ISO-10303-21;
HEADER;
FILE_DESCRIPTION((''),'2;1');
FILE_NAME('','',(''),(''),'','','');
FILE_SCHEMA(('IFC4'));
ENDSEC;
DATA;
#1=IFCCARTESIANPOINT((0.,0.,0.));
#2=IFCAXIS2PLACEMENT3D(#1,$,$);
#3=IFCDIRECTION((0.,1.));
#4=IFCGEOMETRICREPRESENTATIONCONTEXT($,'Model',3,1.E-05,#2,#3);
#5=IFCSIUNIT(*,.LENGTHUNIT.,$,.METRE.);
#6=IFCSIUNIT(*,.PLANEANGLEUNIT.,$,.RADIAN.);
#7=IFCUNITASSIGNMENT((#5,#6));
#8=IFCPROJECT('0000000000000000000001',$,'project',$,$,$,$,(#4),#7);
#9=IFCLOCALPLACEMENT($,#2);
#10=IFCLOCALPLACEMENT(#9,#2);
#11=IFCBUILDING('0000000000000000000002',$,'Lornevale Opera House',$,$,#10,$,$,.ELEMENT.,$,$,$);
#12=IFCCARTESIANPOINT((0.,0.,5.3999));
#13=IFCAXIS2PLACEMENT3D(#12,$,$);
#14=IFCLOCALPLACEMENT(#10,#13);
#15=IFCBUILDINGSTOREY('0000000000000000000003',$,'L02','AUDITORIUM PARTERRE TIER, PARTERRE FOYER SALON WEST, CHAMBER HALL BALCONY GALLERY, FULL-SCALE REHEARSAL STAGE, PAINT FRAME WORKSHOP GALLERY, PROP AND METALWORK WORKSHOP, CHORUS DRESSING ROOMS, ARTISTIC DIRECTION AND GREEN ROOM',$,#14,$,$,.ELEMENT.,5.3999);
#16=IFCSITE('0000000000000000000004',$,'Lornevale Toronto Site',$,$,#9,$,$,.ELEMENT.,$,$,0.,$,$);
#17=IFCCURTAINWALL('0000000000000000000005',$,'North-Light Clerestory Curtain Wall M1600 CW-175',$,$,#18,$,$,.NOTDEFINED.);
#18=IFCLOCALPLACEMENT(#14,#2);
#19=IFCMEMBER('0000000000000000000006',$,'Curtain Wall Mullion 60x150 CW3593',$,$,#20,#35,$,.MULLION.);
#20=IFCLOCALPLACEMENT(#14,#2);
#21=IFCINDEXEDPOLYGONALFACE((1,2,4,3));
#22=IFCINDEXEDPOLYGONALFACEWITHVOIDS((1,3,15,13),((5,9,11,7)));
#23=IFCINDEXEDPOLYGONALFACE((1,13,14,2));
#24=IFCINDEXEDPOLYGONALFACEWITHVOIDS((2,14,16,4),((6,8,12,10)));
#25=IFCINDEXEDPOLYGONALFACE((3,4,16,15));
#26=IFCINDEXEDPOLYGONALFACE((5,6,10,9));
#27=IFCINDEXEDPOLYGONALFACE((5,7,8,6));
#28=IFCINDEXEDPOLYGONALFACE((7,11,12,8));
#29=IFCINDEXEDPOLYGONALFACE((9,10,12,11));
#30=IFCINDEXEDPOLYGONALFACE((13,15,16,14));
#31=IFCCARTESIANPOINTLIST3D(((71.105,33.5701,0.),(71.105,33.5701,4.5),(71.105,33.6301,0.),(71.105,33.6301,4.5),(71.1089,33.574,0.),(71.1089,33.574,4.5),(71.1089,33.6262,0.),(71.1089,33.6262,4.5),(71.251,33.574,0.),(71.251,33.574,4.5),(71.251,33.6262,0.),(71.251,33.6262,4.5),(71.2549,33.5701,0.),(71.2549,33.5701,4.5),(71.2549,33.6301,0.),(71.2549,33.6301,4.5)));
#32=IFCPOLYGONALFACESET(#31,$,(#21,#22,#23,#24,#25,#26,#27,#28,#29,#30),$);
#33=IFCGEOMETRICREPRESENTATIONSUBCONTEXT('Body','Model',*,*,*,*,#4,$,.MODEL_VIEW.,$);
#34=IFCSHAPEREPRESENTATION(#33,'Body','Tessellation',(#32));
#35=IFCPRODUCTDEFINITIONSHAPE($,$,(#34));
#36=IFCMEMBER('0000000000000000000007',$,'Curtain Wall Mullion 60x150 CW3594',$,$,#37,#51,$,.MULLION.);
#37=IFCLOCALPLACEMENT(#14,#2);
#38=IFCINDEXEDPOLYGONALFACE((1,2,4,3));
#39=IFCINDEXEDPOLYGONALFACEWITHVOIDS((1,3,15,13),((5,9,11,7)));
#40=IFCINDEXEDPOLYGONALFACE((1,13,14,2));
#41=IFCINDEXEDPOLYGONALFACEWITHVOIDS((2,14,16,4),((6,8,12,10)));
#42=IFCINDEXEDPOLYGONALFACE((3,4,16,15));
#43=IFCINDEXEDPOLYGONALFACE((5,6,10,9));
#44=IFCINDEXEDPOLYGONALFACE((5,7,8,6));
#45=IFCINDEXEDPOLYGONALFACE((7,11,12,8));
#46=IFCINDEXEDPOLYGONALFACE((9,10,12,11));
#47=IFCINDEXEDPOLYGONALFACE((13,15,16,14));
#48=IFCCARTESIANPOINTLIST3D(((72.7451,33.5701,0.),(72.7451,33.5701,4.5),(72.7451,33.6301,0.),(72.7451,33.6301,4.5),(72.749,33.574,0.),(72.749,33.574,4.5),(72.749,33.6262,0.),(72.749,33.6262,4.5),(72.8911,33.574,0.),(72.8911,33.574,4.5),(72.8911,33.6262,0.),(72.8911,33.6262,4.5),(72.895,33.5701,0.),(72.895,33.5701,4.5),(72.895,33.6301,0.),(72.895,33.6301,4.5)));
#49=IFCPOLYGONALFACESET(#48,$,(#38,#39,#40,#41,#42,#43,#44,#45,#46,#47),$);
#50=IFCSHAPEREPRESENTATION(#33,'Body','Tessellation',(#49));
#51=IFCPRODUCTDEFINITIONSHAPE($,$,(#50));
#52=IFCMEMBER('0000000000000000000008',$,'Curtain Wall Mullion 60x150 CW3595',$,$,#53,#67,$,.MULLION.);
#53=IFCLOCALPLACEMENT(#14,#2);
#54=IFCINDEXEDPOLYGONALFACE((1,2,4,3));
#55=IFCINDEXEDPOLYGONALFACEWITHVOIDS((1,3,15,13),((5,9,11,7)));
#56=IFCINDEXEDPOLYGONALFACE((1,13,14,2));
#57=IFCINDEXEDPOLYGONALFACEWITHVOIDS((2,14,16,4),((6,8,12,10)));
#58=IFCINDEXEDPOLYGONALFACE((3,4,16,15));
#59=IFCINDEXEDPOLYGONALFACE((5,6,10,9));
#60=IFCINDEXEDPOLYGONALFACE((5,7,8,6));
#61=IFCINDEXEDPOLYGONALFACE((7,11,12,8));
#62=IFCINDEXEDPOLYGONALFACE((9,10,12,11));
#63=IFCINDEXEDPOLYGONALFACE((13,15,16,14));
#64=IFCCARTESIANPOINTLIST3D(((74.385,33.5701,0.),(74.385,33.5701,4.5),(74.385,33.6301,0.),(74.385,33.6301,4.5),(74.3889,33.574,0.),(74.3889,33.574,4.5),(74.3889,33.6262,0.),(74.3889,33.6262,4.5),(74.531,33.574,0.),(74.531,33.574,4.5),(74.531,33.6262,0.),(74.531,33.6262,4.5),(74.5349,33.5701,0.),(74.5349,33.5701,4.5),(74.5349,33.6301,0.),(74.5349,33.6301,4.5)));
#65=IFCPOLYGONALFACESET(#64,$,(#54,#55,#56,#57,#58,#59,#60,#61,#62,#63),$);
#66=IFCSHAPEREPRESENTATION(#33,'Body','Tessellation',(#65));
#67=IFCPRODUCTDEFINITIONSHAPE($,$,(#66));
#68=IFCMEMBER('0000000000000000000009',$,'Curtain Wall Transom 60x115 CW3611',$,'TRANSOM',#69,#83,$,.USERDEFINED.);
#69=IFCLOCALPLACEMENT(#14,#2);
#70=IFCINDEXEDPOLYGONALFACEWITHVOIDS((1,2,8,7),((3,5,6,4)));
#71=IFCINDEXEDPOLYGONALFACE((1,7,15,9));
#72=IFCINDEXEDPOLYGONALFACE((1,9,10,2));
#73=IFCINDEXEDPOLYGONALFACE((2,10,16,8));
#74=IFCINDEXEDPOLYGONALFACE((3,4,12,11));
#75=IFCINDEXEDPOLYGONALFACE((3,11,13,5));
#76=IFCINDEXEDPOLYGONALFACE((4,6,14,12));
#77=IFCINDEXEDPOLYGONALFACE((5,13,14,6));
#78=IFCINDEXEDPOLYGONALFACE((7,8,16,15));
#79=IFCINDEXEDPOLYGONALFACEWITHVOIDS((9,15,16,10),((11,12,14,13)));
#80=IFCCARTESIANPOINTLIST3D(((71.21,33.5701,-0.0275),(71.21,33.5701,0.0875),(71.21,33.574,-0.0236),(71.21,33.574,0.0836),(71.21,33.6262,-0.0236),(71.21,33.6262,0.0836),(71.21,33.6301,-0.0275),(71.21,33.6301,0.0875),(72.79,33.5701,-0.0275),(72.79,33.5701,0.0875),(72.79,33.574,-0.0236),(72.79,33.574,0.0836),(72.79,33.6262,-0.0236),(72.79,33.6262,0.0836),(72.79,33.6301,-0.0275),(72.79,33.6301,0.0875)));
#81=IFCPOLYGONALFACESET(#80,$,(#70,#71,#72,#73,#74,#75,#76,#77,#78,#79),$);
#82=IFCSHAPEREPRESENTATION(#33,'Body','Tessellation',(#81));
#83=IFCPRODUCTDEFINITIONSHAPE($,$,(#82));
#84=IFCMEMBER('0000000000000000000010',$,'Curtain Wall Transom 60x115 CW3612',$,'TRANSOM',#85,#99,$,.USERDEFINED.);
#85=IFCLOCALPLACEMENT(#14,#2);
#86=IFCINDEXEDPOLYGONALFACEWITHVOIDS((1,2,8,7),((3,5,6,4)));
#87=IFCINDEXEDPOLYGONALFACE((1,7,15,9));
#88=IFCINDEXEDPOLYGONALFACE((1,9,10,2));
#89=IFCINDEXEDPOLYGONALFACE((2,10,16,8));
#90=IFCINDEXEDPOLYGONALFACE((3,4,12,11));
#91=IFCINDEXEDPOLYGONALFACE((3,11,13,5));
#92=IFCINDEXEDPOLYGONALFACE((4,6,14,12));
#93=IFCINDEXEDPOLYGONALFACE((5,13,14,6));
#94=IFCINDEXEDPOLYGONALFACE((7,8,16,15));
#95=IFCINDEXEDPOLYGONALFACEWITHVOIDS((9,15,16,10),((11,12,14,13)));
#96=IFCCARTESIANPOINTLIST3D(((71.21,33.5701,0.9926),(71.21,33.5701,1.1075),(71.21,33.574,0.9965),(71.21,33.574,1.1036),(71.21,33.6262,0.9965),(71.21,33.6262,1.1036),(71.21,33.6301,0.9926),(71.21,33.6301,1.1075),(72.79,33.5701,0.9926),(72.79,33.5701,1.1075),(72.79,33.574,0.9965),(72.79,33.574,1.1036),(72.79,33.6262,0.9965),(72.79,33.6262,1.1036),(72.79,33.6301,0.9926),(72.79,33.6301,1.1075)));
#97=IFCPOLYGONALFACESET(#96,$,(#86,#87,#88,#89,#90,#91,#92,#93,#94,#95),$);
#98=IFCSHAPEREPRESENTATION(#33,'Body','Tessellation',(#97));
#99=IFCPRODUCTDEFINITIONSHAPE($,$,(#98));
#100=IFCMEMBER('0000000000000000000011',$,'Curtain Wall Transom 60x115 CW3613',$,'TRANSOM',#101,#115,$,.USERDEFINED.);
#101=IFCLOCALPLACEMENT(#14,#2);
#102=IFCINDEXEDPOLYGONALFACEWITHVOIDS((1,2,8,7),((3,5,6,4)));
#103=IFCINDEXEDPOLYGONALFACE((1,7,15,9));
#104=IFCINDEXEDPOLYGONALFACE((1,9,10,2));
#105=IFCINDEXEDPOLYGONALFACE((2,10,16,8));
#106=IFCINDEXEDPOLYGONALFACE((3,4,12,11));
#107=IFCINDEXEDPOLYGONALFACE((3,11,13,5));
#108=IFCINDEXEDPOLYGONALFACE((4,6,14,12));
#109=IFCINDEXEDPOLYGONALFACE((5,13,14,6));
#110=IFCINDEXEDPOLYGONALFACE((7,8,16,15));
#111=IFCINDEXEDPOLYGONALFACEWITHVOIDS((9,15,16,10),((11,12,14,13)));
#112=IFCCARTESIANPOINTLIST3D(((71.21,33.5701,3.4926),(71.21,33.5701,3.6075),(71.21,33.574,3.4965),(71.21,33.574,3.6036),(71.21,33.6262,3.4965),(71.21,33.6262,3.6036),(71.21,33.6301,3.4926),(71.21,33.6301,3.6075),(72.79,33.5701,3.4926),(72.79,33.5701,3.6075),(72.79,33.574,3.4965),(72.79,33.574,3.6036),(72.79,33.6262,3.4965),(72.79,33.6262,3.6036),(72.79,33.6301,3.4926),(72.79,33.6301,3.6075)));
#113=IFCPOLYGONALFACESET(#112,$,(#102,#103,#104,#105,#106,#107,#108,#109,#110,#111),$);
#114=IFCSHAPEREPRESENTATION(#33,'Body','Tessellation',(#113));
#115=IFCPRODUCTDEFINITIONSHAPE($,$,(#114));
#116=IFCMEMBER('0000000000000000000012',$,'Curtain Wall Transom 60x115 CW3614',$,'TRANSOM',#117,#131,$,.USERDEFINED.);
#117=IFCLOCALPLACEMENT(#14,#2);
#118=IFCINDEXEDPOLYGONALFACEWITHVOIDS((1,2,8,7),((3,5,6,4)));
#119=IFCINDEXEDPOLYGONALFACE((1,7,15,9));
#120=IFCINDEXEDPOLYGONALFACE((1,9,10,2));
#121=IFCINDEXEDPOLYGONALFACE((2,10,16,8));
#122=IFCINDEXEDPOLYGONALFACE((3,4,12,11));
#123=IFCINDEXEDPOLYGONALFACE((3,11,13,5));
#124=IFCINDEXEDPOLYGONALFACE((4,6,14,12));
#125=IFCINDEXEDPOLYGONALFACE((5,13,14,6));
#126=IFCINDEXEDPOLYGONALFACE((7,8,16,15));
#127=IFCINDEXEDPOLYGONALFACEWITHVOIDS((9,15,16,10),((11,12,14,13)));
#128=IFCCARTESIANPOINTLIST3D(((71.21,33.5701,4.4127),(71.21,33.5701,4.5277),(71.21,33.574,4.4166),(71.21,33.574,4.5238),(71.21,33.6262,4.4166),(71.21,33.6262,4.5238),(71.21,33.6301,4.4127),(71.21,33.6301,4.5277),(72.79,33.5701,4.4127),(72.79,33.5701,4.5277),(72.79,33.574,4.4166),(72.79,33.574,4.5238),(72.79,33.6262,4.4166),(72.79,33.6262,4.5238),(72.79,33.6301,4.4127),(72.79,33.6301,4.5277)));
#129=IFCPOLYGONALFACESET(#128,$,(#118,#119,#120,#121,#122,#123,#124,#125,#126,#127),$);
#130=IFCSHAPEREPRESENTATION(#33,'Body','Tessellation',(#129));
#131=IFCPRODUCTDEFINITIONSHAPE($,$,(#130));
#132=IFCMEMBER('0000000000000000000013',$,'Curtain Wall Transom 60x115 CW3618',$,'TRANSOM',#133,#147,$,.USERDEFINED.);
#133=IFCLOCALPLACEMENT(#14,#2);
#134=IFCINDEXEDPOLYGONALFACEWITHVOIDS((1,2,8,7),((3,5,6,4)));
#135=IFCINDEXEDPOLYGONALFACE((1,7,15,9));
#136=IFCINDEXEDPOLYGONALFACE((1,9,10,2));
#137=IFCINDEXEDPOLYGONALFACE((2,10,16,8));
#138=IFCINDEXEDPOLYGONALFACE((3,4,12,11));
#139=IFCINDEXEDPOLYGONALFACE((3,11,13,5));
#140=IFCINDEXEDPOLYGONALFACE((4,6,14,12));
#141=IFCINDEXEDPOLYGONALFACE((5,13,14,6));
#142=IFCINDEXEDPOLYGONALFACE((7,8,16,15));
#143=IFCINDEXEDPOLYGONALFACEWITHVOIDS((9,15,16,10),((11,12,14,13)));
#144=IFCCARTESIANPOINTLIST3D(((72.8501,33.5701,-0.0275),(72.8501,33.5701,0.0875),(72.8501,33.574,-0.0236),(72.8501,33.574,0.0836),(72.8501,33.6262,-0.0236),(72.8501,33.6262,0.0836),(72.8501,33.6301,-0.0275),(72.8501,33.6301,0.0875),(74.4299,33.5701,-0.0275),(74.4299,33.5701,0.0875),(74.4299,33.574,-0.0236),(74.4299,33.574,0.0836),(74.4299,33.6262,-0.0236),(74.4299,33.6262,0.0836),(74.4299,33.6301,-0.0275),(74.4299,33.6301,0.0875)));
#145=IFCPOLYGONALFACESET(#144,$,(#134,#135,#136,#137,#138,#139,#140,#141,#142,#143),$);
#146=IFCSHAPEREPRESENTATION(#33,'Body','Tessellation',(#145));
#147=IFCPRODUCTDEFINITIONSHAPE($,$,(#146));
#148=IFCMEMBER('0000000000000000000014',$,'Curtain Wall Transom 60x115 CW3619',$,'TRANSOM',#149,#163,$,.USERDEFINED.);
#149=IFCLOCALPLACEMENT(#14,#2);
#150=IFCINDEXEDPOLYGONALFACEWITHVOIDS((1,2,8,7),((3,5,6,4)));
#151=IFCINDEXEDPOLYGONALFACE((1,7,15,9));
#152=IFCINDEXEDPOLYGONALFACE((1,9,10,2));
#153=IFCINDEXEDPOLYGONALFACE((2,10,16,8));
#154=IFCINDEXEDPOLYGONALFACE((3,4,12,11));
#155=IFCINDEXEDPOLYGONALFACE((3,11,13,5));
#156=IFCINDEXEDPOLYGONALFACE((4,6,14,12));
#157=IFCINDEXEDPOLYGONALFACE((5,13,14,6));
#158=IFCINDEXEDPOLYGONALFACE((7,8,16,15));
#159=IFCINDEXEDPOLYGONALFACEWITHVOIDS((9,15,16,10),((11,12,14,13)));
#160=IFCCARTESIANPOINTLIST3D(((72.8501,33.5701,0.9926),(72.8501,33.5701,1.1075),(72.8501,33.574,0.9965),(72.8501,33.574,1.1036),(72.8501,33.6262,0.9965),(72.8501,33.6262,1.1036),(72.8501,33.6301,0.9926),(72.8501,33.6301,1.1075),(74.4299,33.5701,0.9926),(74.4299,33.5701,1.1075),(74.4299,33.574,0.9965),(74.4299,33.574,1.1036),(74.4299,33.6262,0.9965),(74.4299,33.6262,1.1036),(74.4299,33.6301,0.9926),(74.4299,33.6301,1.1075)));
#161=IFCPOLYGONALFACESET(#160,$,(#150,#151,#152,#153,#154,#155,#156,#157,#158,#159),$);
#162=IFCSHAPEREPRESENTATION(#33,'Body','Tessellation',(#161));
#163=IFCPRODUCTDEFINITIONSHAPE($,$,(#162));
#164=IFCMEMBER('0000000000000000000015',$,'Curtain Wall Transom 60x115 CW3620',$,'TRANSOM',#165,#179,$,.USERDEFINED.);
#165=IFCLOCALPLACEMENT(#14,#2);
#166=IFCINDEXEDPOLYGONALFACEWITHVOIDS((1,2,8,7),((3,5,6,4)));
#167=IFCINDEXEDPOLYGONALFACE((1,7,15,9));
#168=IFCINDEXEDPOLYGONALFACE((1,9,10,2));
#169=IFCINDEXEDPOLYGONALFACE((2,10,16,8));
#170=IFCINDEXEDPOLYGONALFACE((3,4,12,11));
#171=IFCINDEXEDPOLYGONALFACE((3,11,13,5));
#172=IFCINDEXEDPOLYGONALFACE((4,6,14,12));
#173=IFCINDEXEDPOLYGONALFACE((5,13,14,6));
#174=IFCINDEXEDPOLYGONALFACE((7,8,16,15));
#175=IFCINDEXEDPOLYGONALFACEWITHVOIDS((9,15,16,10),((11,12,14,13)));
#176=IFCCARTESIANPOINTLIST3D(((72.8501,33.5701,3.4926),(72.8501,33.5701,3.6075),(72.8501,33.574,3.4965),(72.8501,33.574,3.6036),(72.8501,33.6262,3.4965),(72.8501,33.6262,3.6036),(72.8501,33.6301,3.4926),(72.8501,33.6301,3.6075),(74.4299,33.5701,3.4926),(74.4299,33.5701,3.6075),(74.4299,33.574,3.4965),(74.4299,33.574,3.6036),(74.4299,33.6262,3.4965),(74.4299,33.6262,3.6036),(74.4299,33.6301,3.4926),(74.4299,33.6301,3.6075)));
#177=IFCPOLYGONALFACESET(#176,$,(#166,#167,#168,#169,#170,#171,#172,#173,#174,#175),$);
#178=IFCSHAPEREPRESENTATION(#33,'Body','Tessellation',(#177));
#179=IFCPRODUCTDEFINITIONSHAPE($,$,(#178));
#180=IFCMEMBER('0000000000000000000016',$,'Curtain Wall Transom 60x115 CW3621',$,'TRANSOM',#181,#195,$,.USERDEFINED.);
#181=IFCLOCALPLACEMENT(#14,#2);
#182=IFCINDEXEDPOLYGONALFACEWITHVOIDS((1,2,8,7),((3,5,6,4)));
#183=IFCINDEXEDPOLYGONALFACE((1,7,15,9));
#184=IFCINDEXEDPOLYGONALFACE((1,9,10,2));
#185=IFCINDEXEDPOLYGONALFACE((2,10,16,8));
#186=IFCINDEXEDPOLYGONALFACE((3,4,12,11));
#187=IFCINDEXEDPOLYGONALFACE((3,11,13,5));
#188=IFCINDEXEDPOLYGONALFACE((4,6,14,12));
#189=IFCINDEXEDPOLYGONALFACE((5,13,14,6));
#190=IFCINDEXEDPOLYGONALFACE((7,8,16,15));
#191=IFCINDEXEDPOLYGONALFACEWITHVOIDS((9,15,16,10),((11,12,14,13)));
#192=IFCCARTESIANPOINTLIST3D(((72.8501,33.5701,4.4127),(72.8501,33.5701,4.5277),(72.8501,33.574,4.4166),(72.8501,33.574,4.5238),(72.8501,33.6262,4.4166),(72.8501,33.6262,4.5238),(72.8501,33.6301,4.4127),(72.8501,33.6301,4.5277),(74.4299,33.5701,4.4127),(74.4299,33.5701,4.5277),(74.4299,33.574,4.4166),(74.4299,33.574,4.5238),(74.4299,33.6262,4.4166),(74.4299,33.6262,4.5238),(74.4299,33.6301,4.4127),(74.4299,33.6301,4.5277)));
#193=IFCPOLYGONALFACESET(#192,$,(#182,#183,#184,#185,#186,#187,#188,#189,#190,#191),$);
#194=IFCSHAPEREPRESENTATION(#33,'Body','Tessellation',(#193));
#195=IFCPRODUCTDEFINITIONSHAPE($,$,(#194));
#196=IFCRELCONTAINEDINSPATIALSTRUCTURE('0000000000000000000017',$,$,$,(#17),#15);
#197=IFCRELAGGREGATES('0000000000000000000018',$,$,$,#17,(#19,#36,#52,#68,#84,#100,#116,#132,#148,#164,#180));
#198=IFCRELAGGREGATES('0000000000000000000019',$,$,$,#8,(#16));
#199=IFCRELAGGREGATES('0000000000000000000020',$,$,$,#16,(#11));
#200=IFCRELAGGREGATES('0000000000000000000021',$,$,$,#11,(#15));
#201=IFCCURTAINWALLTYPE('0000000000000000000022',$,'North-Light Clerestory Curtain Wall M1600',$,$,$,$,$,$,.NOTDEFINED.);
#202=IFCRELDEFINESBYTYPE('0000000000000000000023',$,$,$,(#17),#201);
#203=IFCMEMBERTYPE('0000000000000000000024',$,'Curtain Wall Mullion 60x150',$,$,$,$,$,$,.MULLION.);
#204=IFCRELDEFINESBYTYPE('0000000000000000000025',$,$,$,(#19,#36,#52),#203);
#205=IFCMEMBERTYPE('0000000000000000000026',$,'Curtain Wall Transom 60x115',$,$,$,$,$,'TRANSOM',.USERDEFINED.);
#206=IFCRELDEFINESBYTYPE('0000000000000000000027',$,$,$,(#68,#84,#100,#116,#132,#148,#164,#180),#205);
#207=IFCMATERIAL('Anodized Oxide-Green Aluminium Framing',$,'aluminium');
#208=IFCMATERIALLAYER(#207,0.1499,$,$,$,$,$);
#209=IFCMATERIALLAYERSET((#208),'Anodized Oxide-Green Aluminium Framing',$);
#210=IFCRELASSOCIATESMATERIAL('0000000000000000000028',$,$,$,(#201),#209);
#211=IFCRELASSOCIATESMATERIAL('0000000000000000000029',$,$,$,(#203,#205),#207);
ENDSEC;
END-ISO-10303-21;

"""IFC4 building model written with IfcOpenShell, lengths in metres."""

from ifc_helpers import new_model, si_unit, direction, frame, origin, origin_2d, place, context, subcontext, project, spatial, hollow_rectangle, extrude, material, layer, layer_set, material_profile, profile_set, type_object, element, aggregate, save


model = new_model("IFC4")

# Units and contexts
model_context = context("Model", 3, precision=1e-05, world=origin(), true_north=direction((0.0, 1.0)))
body_context = subcontext(model_context, "Body", "Model", "MODEL_VIEW")
ifc_project = project(units=[si_unit("LENGTHUNIT", "METRE"), si_unit("PLANEANGLEUNIT", "RADIAN")], contexts=[model_context])

# Site, building, storey
site_placement = place(None, origin())
site = spatial("IfcSite", under=ifc_project, at=site_placement, Name="Lornevale Toronto Site", CompositionType="ELEMENT", RefElevation=0.0)
building_placement = place(site_placement, origin())
building = spatial("IfcBuilding", under=site, at=building_placement, Name="Lornevale Opera House", CompositionType="ELEMENT")
storey_placement = place(building_placement, frame((0.0, 0.0, 5.3999)))
storey = spatial("IfcBuildingStorey", under=building, at=storey_placement, Name="L02", Description="AUDITORIUM PARTERRE TIER, PARTERRE FOYER SALON WEST, CHAMBER HALL BALCONY GALLERY, FULL-SCALE REHEARSAL STAGE, PAINT FRAME WORKSHOP GALLERY, PROP AND METALWORK WORKSHOP, CHORUS DRESSING ROOMS, ARTISTIC DIRECTION AND GREEN ROOM", CompositionType="ELEMENT", Elevation=5.3999)

# Curtain wall, members
ifc_material_1 = material(Name="Anodized Oxide-Green Aluminium Framing", Category="aluminium")
ifc_layer_1 = layer(ifc_material_1, 0.1499)
ifc_layer_set_1 = layer_set([ifc_layer_1], Name="Anodized Oxide-Green Aluminium Framing")
curtain_wall_type = type_object("IfcCurtainWallType", Name="North-Light Clerestory Curtain Wall M1600", PredefinedType="NOTDEFINED", material=ifc_layer_set_1)
curtain_wall_placement = place(storey_placement, origin())
curtain_wall = element("IfcCurtainWall", 1, at=curtain_wall_placement, inside=storey, type_object=curtain_wall_type, Name="North-Light Clerestory Curtain Wall M1600 CW-175", PredefinedType="NOTDEFINED")
ifc_material_profile_1 = material_profile(ifc_material_1, hollow_rectangle(XDim=0.0601, YDim=0.1499, WallThickness=0.0039, at=origin_2d()), Name="ALU60x150x4")
ifc_profile_set_1 = profile_set([ifc_material_profile_1], Name="Anodized Oxide-Green Aluminium Framing")
member_type_1 = type_object("IfcMemberType", Name="Curtain Wall Mullion 60x150", PredefinedType="MULLION", material=ifc_profile_set_1)
member_1_placement = place(storey_placement, frame((71.1799, 33.6001, 0.0), z_axis=(0.0, 0.0, 1.0), x_axis=(0.0, 1.0, 0.0)))
member_1 = element("IfcMember", 2, at=member_1_placement, type_object=member_type_1, Name="Curtain Wall Mullion 60x150 CW3593", PredefinedType="MULLION", context=body_context, shape_type="SweptSolid", body=[
    extrude(hollow_rectangle(XDim=0.0601, YDim=0.1499, WallThickness=0.0039, at=origin_2d()), origin(), (0.0, 0.0, 1.0), 4.5),
])
member_2_placement = place(storey_placement, frame((72.8201, 33.6001, 0.0), z_axis=(0.0, 0.0, 1.0), x_axis=(0.0, 1.0, 0.0)))
member_2 = element("IfcMember", 3, at=member_2_placement, type_object=member_type_1, Name="Curtain Wall Mullion 60x150 CW3594", PredefinedType="MULLION", context=body_context, shape_type="SweptSolid", body=[
    extrude(hollow_rectangle(XDim=0.0601, YDim=0.1499, WallThickness=0.0039, at=origin_2d()), origin(), (0.0, 0.0, 1.0), 4.5),
])
member_3_placement = place(storey_placement, frame((74.46, 33.6001, 0.0), z_axis=(0.0, 0.0, 1.0), x_axis=(0.0, 1.0, 0.0)))
member_3 = element("IfcMember", 4, at=member_3_placement, type_object=member_type_1, Name="Curtain Wall Mullion 60x150 CW3595", PredefinedType="MULLION", context=body_context, shape_type="SweptSolid", body=[
    extrude(hollow_rectangle(XDim=0.0601, YDim=0.1499, WallThickness=0.0039, at=origin_2d()), origin(), (0.0, 0.0, 1.0), 4.5),
])
ifc_material_profile_2 = material_profile(ifc_material_1, hollow_rectangle(XDim=0.0601, YDim=0.115, WallThickness=0.0039, at=origin_2d()), Name="ALU60x115x4")
ifc_profile_set_2 = profile_set([ifc_material_profile_2], Name="Anodized Oxide-Green Aluminium Framing")
member_type_2 = type_object("IfcMemberType", Name="Curtain Wall Transom 60x115", ElementType="TRANSOM", PredefinedType="USERDEFINED", material=ifc_profile_set_2)
member_4_placement = place(storey_placement, frame((71.21, 33.6001, 0.03), z_axis=(1.0, 0.0, 0.0), x_axis=(0.0, 1.0, 0.0)))
member_4 = element("IfcMember", 5, at=member_4_placement, type_object=member_type_2, Name="Curtain Wall Transom 60x115 CW3611", ObjectType="TRANSOM", PredefinedType="USERDEFINED", context=body_context, shape_type="SweptSolid", body=[
    extrude(hollow_rectangle(XDim=0.0601, YDim=0.115, WallThickness=0.0039, at=origin_2d()), origin(), (0.0, 0.0, 1.0), 1.5801),
])
member_5_placement = place(storey_placement, frame((71.21, 33.6001, 1.05), z_axis=(1.0, 0.0, 0.0), x_axis=(0.0, 1.0, 0.0)))
member_5 = element("IfcMember", 6, at=member_5_placement, type_object=member_type_2, Name="Curtain Wall Transom 60x115 CW3612", ObjectType="TRANSOM", PredefinedType="USERDEFINED", context=body_context, shape_type="SweptSolid", body=[
    extrude(hollow_rectangle(XDim=0.0601, YDim=0.115, WallThickness=0.0039, at=origin_2d()), origin(), (0.0, 0.0, 1.0), 1.5801),
])
member_6_placement = place(storey_placement, frame((71.21, 33.6001, 3.55), z_axis=(1.0, 0.0, 0.0), x_axis=(0.0, 1.0, 0.0)))
member_6 = element("IfcMember", 7, at=member_6_placement, type_object=member_type_2, Name="Curtain Wall Transom 60x115 CW3613", ObjectType="TRANSOM", PredefinedType="USERDEFINED", context=body_context, shape_type="SweptSolid", body=[
    extrude(hollow_rectangle(XDim=0.0601, YDim=0.115, WallThickness=0.0039, at=origin_2d()), origin(), (0.0, 0.0, 1.0), 1.5801),
])
member_7_placement = place(storey_placement, frame((71.21, 33.6001, 4.4702), z_axis=(1.0, 0.0, 0.0), x_axis=(0.0, 1.0, 0.0)))
member_7 = element("IfcMember", 8, at=member_7_placement, type_object=member_type_2, Name="Curtain Wall Transom 60x115 CW3614", ObjectType="TRANSOM", PredefinedType="USERDEFINED", context=body_context, shape_type="SweptSolid", body=[
    extrude(hollow_rectangle(XDim=0.0601, YDim=0.115, WallThickness=0.0039, at=origin_2d()), origin(), (0.0, 0.0, 1.0), 1.5801),
])
member_8_placement = place(storey_placement, frame((72.8501, 33.6001, 0.03), z_axis=(1.0, 0.0, 0.0), x_axis=(0.0, 1.0, 0.0)))
member_8 = element("IfcMember", 9, at=member_8_placement, type_object=member_type_2, Name="Curtain Wall Transom 60x115 CW3618", ObjectType="TRANSOM", PredefinedType="USERDEFINED", context=body_context, shape_type="SweptSolid", body=[
    extrude(hollow_rectangle(XDim=0.0601, YDim=0.115, WallThickness=0.0039, at=origin_2d()), origin(), (0.0, 0.0, 1.0), 1.5798),
])
member_9_placement = place(storey_placement, frame((72.8501, 33.6001, 1.05), z_axis=(1.0, 0.0, 0.0), x_axis=(0.0, 1.0, 0.0)))
member_9 = element("IfcMember", 10, at=member_9_placement, type_object=member_type_2, Name="Curtain Wall Transom 60x115 CW3619", ObjectType="TRANSOM", PredefinedType="USERDEFINED", context=body_context, shape_type="SweptSolid", body=[
    extrude(hollow_rectangle(XDim=0.0601, YDim=0.115, WallThickness=0.0039, at=origin_2d()), origin(), (0.0, 0.0, 1.0), 1.5798),
])
member_10_placement = place(storey_placement, frame((72.8501, 33.6001, 3.55), z_axis=(1.0, 0.0, 0.0), x_axis=(0.0, 1.0, 0.0)))
member_10 = element("IfcMember", 11, at=member_10_placement, type_object=member_type_2, Name="Curtain Wall Transom 60x115 CW3620", ObjectType="TRANSOM", PredefinedType="USERDEFINED", context=body_context, shape_type="SweptSolid", body=[
    extrude(hollow_rectangle(XDim=0.0601, YDim=0.115, WallThickness=0.0039, at=origin_2d()), origin(), (0.0, 0.0, 1.0), 1.5798),
])
member_11_placement = place(storey_placement, frame((72.8501, 33.6001, 4.4702), z_axis=(1.0, 0.0, 0.0), x_axis=(0.0, 1.0, 0.0)))
member_11 = element("IfcMember", 12, at=member_11_placement, type_object=member_type_2, Name="Curtain Wall Transom 60x115 CW3621", ObjectType="TRANSOM", PredefinedType="USERDEFINED", context=body_context, shape_type="SweptSolid", body=[
    extrude(hollow_rectangle(XDim=0.0601, YDim=0.115, WallThickness=0.0039, at=origin_2d()), origin(), (0.0, 0.0, 1.0), 1.5798),
])
aggregate(curtain_wall, [member_1, member_2, member_3, member_4, member_5, member_6, member_7, member_8, member_9, member_10, member_11])

save(model, "model.ifc")
